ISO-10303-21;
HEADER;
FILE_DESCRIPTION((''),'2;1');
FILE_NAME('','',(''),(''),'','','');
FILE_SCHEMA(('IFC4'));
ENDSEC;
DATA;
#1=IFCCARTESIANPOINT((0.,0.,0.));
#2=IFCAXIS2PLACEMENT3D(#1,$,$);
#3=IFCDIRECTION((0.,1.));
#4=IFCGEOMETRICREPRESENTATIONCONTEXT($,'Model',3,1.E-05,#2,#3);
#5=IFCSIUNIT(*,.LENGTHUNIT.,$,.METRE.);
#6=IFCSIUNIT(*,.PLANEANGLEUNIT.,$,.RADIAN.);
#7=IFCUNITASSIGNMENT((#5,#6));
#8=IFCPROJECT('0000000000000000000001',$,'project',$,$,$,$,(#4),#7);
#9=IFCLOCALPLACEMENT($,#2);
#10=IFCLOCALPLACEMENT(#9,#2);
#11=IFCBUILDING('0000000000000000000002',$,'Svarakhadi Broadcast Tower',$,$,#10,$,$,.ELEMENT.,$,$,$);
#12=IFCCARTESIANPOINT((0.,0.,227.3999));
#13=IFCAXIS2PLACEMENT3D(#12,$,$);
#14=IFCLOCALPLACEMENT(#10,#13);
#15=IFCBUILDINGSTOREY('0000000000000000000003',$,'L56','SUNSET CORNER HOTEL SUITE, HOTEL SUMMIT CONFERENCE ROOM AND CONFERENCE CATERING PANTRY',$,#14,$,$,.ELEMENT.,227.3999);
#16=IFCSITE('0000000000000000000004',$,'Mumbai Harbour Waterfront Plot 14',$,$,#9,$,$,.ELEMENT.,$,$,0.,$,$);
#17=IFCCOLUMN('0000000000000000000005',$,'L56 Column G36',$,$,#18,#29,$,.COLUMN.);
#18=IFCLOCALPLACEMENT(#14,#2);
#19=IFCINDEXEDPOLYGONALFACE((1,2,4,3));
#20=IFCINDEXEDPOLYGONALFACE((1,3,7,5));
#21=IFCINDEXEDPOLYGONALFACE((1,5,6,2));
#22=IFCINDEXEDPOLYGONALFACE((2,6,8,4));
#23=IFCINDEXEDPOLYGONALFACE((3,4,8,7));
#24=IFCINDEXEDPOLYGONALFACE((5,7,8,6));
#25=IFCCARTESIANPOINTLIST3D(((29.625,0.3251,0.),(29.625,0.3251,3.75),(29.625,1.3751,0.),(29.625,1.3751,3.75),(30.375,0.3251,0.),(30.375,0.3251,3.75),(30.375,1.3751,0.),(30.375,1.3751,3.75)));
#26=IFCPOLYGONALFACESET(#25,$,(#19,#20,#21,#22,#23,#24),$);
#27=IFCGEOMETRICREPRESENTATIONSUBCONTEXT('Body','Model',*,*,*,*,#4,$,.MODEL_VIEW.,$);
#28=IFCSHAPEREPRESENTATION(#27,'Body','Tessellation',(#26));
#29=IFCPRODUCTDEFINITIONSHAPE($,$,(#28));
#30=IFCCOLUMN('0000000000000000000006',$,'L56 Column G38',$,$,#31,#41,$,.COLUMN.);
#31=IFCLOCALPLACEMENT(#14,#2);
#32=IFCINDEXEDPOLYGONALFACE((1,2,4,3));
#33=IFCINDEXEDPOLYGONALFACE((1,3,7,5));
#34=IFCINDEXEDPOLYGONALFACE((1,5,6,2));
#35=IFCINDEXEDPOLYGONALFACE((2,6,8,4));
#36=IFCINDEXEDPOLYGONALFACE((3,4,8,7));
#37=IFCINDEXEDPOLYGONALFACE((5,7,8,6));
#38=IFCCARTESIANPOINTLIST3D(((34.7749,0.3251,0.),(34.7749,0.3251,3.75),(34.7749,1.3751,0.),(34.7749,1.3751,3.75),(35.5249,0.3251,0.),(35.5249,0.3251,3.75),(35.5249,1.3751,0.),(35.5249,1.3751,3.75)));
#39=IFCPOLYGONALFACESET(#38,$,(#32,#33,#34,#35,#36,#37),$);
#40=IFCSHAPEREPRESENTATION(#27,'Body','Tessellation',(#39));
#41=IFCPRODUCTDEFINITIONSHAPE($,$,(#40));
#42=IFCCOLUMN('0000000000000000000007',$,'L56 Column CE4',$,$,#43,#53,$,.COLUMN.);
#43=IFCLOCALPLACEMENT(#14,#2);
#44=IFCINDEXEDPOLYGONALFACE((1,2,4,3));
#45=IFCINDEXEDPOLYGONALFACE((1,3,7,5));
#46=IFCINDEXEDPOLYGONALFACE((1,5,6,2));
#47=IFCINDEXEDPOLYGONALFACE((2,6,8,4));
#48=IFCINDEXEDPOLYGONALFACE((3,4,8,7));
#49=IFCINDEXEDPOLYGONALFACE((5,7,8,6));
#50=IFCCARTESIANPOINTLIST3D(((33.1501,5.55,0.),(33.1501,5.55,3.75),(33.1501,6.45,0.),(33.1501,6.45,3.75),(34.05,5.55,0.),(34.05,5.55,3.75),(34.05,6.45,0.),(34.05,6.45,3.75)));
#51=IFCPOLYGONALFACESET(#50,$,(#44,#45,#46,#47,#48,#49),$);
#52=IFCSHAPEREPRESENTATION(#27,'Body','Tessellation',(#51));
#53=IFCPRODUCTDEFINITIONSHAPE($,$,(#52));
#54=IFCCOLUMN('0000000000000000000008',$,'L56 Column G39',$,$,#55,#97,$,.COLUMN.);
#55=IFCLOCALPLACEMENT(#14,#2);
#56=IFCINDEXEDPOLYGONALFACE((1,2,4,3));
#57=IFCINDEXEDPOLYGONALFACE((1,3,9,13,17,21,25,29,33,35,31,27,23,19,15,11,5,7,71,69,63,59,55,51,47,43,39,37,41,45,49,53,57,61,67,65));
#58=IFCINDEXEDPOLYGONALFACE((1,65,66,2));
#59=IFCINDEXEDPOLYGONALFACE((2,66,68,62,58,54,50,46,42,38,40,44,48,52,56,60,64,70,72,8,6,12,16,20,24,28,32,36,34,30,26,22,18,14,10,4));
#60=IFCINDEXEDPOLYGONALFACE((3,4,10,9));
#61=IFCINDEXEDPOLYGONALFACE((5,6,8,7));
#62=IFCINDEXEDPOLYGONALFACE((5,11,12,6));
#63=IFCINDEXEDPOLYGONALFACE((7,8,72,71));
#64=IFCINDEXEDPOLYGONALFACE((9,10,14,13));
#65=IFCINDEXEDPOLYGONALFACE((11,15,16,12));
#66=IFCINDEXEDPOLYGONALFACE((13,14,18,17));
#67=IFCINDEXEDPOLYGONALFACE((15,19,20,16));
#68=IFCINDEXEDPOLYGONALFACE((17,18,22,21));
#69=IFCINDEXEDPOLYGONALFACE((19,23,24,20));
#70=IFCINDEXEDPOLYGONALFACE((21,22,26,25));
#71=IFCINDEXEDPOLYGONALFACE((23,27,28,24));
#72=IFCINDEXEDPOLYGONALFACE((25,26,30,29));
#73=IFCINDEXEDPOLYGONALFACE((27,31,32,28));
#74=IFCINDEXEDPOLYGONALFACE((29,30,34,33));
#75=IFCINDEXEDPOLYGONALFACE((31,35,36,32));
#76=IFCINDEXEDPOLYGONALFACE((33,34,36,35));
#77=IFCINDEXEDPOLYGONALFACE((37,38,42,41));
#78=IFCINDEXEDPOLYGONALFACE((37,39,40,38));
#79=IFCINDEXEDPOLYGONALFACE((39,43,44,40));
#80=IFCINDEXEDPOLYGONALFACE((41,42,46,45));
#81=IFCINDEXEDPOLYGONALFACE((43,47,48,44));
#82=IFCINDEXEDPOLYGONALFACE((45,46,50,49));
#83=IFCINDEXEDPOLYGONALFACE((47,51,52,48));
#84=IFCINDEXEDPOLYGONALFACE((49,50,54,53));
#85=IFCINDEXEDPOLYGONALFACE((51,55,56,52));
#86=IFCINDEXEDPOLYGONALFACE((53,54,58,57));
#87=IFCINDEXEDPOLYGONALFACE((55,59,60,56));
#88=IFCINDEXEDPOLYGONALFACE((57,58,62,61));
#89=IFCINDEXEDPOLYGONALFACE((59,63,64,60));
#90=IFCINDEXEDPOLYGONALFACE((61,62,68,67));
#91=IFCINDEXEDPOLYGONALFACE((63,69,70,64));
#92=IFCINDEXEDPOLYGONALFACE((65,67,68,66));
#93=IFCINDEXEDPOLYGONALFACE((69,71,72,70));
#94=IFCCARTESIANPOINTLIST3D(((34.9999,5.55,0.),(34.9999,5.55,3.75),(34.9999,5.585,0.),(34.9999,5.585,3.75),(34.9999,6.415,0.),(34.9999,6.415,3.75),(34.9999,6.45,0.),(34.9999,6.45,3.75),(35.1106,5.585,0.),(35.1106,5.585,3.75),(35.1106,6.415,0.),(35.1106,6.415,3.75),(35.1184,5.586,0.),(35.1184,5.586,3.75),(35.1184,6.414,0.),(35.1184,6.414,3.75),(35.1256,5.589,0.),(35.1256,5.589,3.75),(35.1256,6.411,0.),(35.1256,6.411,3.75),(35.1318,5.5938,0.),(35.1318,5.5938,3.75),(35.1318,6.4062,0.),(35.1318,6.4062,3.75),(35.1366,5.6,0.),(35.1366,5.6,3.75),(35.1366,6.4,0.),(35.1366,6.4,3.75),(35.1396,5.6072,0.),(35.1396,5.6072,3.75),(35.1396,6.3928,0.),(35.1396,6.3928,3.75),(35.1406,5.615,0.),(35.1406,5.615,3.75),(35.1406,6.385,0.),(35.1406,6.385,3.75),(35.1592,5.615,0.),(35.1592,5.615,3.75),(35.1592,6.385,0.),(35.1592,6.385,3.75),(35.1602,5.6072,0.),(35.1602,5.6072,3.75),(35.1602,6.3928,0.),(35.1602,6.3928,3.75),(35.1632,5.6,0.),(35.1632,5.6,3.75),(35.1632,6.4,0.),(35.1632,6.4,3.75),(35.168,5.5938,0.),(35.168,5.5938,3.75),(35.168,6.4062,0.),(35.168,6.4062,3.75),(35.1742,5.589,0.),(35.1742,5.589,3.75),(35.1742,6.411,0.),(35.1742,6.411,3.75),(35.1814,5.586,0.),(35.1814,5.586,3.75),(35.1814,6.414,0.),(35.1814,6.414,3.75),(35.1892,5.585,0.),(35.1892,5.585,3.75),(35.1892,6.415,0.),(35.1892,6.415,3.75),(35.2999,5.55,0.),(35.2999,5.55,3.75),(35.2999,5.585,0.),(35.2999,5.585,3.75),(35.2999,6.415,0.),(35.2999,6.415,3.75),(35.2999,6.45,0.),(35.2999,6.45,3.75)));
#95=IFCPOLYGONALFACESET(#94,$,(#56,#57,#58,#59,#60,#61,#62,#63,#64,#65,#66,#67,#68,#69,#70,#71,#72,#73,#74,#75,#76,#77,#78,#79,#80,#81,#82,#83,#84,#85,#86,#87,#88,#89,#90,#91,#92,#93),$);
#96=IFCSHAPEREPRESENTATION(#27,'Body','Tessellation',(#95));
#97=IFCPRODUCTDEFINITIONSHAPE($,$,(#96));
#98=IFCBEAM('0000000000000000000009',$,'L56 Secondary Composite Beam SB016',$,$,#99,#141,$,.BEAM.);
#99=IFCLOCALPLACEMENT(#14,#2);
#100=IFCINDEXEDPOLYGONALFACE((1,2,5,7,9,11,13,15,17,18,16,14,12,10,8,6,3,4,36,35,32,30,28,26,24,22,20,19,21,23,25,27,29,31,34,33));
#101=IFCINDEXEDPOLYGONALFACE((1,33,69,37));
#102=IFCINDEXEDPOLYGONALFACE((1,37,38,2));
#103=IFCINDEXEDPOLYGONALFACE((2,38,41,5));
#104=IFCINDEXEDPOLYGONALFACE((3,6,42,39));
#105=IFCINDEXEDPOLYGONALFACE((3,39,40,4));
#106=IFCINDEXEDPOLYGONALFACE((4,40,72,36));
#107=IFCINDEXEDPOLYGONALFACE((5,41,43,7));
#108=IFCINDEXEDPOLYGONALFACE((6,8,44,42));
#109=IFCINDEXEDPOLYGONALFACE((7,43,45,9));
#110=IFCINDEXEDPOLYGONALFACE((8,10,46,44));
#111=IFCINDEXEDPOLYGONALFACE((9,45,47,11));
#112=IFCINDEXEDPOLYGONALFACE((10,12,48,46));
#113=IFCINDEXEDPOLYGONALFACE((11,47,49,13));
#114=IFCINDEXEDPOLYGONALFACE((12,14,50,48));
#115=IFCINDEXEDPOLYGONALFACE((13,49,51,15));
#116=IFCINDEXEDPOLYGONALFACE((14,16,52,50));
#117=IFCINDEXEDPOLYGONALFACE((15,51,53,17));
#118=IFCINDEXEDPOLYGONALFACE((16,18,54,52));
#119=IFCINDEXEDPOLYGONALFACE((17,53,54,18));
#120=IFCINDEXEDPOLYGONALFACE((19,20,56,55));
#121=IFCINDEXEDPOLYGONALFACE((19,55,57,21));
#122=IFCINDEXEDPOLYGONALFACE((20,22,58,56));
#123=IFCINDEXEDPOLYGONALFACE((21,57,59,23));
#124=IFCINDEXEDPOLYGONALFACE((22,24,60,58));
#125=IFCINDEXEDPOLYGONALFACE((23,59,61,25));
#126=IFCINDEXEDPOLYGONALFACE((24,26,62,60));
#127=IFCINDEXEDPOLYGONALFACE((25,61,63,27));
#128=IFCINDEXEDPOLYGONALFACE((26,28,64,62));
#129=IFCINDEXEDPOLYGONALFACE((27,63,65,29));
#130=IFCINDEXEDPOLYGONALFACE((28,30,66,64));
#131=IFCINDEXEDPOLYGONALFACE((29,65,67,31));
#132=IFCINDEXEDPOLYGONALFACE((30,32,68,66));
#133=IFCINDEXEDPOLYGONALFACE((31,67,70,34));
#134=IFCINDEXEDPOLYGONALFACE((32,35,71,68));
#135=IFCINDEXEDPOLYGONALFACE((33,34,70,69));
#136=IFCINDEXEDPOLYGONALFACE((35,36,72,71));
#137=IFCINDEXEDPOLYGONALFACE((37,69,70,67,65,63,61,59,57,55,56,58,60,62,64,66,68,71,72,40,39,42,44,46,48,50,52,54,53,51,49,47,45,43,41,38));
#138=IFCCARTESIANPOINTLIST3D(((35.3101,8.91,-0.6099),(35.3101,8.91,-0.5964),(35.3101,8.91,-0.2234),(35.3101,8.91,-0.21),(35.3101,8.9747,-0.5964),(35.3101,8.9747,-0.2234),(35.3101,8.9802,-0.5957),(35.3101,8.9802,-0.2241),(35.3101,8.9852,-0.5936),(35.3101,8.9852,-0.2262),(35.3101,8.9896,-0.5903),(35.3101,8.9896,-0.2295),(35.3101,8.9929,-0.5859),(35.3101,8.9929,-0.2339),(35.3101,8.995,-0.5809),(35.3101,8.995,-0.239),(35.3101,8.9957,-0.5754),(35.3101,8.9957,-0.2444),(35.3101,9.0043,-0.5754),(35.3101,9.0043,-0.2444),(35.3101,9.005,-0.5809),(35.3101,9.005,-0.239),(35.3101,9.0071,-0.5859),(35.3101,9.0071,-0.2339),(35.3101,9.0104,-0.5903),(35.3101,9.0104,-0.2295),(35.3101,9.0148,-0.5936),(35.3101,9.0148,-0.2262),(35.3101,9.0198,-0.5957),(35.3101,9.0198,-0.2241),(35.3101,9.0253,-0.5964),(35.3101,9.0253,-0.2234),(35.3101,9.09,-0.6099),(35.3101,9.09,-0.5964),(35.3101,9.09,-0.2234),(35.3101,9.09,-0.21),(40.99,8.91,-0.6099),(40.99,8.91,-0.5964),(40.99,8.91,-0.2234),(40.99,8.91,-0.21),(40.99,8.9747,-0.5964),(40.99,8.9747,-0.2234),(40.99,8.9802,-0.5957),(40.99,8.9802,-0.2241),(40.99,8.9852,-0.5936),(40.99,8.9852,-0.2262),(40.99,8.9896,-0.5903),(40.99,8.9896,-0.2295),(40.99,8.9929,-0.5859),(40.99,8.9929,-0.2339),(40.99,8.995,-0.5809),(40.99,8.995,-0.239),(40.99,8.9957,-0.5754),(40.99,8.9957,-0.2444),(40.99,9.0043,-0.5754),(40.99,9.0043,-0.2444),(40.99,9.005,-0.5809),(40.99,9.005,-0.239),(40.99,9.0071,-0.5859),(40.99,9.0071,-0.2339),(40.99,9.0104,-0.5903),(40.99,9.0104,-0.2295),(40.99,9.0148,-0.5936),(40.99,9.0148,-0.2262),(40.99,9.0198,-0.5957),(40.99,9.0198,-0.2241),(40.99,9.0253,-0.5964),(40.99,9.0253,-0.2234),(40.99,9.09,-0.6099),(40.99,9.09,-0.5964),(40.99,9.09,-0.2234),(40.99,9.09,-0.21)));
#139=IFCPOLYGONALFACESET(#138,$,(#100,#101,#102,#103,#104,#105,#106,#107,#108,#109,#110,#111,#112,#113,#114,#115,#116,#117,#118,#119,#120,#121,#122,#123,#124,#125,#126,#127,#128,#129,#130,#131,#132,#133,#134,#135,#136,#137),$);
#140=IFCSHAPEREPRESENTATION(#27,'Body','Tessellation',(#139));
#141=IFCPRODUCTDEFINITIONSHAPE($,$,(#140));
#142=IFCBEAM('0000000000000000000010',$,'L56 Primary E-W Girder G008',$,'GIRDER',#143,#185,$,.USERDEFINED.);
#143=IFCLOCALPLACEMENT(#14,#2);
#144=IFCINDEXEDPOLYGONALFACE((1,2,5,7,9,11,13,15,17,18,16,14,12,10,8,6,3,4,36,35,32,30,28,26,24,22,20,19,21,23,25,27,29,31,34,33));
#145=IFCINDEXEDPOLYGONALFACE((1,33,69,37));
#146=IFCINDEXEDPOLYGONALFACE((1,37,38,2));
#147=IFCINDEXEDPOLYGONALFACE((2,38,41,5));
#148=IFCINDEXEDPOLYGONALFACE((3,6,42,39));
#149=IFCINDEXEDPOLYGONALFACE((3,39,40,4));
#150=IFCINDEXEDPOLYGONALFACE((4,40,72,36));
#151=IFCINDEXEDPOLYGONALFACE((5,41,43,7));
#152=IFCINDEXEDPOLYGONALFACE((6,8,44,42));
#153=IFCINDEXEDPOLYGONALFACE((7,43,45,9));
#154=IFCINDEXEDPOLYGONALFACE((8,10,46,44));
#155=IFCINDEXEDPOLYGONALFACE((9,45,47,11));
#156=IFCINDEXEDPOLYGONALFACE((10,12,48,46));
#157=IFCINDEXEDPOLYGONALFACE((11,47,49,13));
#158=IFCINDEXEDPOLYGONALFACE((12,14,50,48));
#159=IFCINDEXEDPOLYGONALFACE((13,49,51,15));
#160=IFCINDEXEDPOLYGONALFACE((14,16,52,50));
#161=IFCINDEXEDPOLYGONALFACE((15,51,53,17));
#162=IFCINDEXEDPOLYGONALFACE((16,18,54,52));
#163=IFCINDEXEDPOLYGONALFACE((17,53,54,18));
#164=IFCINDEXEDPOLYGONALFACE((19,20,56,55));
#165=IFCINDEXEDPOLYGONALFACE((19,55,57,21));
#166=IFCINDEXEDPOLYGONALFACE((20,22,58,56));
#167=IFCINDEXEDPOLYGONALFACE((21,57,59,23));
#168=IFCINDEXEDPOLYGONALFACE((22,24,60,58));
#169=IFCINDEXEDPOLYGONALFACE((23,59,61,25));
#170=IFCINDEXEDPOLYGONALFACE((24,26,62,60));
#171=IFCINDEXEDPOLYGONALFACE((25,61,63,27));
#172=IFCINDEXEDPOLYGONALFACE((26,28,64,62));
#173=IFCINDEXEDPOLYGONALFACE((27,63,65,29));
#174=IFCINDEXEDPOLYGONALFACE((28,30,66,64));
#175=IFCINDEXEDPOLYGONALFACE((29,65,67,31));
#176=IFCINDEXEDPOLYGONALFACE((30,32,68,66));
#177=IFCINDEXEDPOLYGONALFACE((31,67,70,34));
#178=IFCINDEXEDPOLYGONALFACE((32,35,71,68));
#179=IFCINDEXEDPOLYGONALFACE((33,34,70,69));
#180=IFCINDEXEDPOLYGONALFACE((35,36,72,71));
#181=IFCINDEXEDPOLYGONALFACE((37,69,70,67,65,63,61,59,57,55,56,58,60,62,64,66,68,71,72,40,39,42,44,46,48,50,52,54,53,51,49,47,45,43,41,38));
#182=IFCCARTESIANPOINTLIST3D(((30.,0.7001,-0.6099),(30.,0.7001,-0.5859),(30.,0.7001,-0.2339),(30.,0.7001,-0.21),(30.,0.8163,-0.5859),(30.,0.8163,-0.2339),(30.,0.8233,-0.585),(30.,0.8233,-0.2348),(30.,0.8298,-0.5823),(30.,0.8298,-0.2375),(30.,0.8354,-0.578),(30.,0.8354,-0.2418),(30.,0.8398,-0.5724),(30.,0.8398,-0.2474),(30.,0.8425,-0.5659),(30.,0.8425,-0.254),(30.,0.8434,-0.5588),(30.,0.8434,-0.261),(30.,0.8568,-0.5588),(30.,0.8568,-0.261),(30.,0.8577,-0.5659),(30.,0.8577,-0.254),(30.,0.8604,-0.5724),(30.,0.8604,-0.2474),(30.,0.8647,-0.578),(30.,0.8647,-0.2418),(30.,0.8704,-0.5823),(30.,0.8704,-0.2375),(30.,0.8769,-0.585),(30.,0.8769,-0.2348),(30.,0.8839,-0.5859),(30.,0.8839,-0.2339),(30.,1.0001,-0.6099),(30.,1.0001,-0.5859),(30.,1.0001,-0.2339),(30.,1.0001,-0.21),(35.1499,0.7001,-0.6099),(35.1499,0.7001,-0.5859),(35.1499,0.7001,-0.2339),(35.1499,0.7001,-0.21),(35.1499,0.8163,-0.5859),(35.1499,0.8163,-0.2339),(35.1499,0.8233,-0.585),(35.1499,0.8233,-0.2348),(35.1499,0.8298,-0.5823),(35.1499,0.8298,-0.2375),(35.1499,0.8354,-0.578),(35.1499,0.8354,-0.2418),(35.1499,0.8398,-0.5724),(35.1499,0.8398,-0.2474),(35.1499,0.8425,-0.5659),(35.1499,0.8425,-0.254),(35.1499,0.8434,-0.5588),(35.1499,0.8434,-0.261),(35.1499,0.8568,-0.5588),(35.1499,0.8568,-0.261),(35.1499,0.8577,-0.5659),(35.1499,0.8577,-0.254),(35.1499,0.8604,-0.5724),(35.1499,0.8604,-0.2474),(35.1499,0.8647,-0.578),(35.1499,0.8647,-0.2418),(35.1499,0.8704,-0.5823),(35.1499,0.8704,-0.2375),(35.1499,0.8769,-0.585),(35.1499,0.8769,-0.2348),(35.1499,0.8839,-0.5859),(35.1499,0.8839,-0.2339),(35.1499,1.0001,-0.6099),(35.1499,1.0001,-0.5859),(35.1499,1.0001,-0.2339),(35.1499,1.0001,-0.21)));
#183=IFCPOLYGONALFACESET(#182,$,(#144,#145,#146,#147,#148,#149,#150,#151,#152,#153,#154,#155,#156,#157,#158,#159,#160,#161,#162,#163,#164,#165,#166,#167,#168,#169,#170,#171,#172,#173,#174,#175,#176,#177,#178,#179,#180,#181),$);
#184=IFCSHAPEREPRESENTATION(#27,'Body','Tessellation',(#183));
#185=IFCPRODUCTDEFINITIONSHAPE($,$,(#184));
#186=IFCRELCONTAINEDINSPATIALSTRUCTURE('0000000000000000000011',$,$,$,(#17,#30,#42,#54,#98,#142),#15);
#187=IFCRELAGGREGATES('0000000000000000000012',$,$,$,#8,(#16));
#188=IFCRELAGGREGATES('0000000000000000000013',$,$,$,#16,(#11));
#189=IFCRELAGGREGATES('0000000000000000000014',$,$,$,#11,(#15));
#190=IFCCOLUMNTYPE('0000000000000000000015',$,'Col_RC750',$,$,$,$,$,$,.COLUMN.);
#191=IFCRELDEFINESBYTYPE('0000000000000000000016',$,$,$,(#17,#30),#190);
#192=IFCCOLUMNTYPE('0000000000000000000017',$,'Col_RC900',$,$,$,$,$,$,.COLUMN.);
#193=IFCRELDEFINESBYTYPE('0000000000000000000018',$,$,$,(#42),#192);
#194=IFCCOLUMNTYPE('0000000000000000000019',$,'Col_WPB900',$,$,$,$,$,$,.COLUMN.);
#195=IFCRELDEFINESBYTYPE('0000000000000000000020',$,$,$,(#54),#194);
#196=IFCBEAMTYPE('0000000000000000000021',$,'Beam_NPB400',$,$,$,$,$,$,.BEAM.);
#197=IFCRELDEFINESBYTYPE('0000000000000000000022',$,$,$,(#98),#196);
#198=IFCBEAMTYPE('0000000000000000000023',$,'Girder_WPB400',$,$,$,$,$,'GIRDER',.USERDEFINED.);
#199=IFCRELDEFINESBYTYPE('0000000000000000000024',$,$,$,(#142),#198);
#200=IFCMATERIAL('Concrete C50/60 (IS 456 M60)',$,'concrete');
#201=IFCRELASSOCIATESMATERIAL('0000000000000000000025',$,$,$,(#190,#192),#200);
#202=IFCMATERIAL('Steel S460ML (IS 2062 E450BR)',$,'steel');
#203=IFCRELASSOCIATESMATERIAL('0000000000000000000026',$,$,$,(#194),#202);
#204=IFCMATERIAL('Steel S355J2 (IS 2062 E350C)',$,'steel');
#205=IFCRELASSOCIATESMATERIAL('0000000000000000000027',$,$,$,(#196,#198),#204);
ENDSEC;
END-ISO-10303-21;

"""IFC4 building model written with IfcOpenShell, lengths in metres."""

from ifc_helpers import new_model, si_unit, direction, frame, origin, origin_2d, place, context, subcontext, project, spatial, rectangle, i_section, extrude, material, material_profile, profile_set, type_object, element, save


model = new_model("IFC4")

# Units and contexts
model_context = context("Model", 3, precision=1e-05, world=origin(), true_north=direction((0.0, 1.0)))
body_context = subcontext(model_context, "Body", "Model", "MODEL_VIEW")
ifc_project = project(units=[si_unit("LENGTHUNIT", "METRE"), si_unit("PLANEANGLEUNIT", "RADIAN")], contexts=[model_context])

# Site, building, storey
site_placement = place(None, origin())
site = spatial("IfcSite", under=ifc_project, at=site_placement, Name="Mumbai Harbour Waterfront Plot 14", CompositionType="ELEMENT", RefElevation=0.0)
building_placement = place(site_placement, origin())
building = spatial("IfcBuilding", under=site, at=building_placement, Name="Svarakhadi Broadcast Tower", CompositionType="ELEMENT")
storey_placement = place(building_placement, frame((0.0, 0.0, 227.3999)))
storey = spatial("IfcBuildingStorey", under=building, at=storey_placement, Name="L56", Description="SUNSET CORNER HOTEL SUITE, HOTEL SUMMIT CONFERENCE ROOM AND CONFERENCE CATERING PANTRY", CompositionType="ELEMENT", Elevation=227.3999)

# Columns
ifc_material_1 = material(Name="Concrete C50/60 (IS 456 M60)", Category="concrete")
ifc_material_profile_1 = material_profile(ifc_material_1, rectangle(XDim=0.75, YDim=1.05, at=origin_2d()), Name="RC 750x1050")
ifc_profile_set_1 = profile_set([ifc_material_profile_1], Name="Concrete C50/60 (IS 456 M60)")
column_type_1 = type_object("IfcColumnType", Name="Col_RC750", PredefinedType="COLUMN", material=ifc_profile_set_1)
for number, where, z_axis, x_axis, name in (
    (1, (30.0, 0.8501, 0.0), (0.0, 0.0, 1.0), (1.0, 0.0, 0.0), "L56 Column G36"),
    (2, (35.1499, 0.8501, 0.0), (0.0, 0.0, 1.0), (1.0, 0.0, 0.0), "L56 Column G38"),
):
    element("IfcColumn", number, at=place(storey_placement, frame(where, z_axis=z_axis, x_axis=x_axis)), inside=storey, type_object=column_type_1, Name=name, PredefinedType="COLUMN", context=body_context, shape_type="SweptSolid", body=[
        extrude(rectangle(XDim=0.75, YDim=1.05, at=origin_2d()), origin(), (0.0, 0.0, 1.0), 3.75),
    ])
ifc_material_profile_2 = material_profile(ifc_material_1, rectangle(XDim=0.8999, YDim=0.8999, at=origin_2d()), Name="RC 900x900")
ifc_profile_set_2 = profile_set([ifc_material_profile_2], Name="Concrete C50/60 (IS 456 M60)")
column_type_2 = type_object("IfcColumnType", Name="Col_RC900", PredefinedType="COLUMN", material=ifc_profile_set_2)
column_1_placement = place(storey_placement, frame((33.6001, 6.0, 0.0), z_axis=(0.0, 0.0, 1.0), x_axis=(1.0, 0.0, 0.0)))
element("IfcColumn", 3, at=column_1_placement, inside=storey, type_object=column_type_2, Name="L56 Column CE4", PredefinedType="COLUMN", context=body_context, shape_type="SweptSolid", body=[
    extrude(rectangle(XDim=0.8999, YDim=0.8999, at=origin_2d()), origin(), (0.0, 0.0, 1.0), 3.75),
])
ifc_material_2 = material(Name="Steel S460ML (IS 2062 E450BR)", Category="steel")
ifc_material_profile_3 = material_profile(ifc_material_2, i_section(OverallWidth=0.3, OverallDepth=0.8999, WebThickness=0.0186, FlangeThickness=0.0349, FilletRadius=0.03, at=origin_2d()), Name="WPB 900x300x291")
ifc_profile_set_3 = profile_set([ifc_material_profile_3], Name="Steel S460ML (IS 2062 E450BR)")
column_type_3 = type_object("IfcColumnType", Name="Col_WPB900", PredefinedType="COLUMN", material=ifc_profile_set_3)
column_2_placement = place(storey_placement, frame((35.1499, 6.0, 0.0), z_axis=(0.0, 0.0, 1.0), x_axis=(1.0, 0.0, 0.0)))
element("IfcColumn", 4, at=column_2_placement, inside=storey, type_object=column_type_3, Name="L56 Column G39", PredefinedType="COLUMN", context=body_context, shape_type="SweptSolid", body=[
    extrude(i_section(OverallWidth=0.3, OverallDepth=0.8999, WebThickness=0.0186, FlangeThickness=0.0349, FilletRadius=0.03, at=origin_2d()), origin(), (0.0, 0.0, 1.0), 3.75),
])

# Beams
ifc_material_3 = material(Name="Steel S355J2 (IS 2062 E350C)", Category="steel")
ifc_material_profile_4 = material_profile(ifc_material_3, i_section(OverallWidth=0.1799, OverallDepth=0.3999, WebThickness=0.0085, FlangeThickness=0.0134, FilletRadius=0.021, at=origin_2d()), Name="NPB 400x180x66")
ifc_profile_set_4 = profile_set([ifc_material_profile_4], Name="Steel S355J2 (IS 2062 E350C)")
beam_type_1 = type_object("IfcBeamType", Name="Beam_NPB400", PredefinedType="BEAM", material=ifc_profile_set_4)
beam_1_placement = place(storey_placement, frame((35.3101, 9.0, -0.4099), z_axis=(1.0, 0.0, 0.0), x_axis=(0.0, 1.0, 0.0)))
element("IfcBeam", 5, at=beam_1_placement, inside=storey, type_object=beam_type_1, Name="L56 Secondary Composite Beam SB016", PredefinedType="BEAM", context=body_context, shape_type="SweptSolid", body=[
    extrude(i_section(OverallWidth=0.1799, OverallDepth=0.3999, WebThickness=0.0085, FlangeThickness=0.0134, FilletRadius=0.021, at=origin_2d()), origin(), (0.0, 0.0, 1.0), 5.6799),
])
ifc_material_profile_5 = material_profile(ifc_material_3, i_section(OverallWidth=0.3, OverallDepth=0.3999, WebThickness=0.0134, FlangeThickness=0.0239, FilletRadius=0.0271, at=origin_2d()), Name="WPB 400x300x155")
ifc_profile_set_5 = profile_set([ifc_material_profile_5], Name="Steel S355J2 (IS 2062 E350C)")
beam_type_2 = type_object("IfcBeamType", Name="Girder_WPB400", ElementType="GIRDER", PredefinedType="USERDEFINED", material=ifc_profile_set_5)
beam_2_placement = place(storey_placement, frame((30.0, 0.8501, -0.4099), z_axis=(1.0, 0.0, 0.0), x_axis=(0.0, 1.0, 0.0)))
element("IfcBeam", 6, at=beam_2_placement, inside=storey, type_object=beam_type_2, Name="L56 Primary E-W Girder G008", ObjectType="GIRDER", PredefinedType="USERDEFINED", context=body_context, shape_type="SweptSolid", body=[
    extrude(i_section(OverallWidth=0.3, OverallDepth=0.3999, WebThickness=0.0134, FlangeThickness=0.0239, FilletRadius=0.0271, at=origin_2d()), origin(), (0.0, 0.0, 1.0), 5.1499),
])

save(model, "model.ifc")
